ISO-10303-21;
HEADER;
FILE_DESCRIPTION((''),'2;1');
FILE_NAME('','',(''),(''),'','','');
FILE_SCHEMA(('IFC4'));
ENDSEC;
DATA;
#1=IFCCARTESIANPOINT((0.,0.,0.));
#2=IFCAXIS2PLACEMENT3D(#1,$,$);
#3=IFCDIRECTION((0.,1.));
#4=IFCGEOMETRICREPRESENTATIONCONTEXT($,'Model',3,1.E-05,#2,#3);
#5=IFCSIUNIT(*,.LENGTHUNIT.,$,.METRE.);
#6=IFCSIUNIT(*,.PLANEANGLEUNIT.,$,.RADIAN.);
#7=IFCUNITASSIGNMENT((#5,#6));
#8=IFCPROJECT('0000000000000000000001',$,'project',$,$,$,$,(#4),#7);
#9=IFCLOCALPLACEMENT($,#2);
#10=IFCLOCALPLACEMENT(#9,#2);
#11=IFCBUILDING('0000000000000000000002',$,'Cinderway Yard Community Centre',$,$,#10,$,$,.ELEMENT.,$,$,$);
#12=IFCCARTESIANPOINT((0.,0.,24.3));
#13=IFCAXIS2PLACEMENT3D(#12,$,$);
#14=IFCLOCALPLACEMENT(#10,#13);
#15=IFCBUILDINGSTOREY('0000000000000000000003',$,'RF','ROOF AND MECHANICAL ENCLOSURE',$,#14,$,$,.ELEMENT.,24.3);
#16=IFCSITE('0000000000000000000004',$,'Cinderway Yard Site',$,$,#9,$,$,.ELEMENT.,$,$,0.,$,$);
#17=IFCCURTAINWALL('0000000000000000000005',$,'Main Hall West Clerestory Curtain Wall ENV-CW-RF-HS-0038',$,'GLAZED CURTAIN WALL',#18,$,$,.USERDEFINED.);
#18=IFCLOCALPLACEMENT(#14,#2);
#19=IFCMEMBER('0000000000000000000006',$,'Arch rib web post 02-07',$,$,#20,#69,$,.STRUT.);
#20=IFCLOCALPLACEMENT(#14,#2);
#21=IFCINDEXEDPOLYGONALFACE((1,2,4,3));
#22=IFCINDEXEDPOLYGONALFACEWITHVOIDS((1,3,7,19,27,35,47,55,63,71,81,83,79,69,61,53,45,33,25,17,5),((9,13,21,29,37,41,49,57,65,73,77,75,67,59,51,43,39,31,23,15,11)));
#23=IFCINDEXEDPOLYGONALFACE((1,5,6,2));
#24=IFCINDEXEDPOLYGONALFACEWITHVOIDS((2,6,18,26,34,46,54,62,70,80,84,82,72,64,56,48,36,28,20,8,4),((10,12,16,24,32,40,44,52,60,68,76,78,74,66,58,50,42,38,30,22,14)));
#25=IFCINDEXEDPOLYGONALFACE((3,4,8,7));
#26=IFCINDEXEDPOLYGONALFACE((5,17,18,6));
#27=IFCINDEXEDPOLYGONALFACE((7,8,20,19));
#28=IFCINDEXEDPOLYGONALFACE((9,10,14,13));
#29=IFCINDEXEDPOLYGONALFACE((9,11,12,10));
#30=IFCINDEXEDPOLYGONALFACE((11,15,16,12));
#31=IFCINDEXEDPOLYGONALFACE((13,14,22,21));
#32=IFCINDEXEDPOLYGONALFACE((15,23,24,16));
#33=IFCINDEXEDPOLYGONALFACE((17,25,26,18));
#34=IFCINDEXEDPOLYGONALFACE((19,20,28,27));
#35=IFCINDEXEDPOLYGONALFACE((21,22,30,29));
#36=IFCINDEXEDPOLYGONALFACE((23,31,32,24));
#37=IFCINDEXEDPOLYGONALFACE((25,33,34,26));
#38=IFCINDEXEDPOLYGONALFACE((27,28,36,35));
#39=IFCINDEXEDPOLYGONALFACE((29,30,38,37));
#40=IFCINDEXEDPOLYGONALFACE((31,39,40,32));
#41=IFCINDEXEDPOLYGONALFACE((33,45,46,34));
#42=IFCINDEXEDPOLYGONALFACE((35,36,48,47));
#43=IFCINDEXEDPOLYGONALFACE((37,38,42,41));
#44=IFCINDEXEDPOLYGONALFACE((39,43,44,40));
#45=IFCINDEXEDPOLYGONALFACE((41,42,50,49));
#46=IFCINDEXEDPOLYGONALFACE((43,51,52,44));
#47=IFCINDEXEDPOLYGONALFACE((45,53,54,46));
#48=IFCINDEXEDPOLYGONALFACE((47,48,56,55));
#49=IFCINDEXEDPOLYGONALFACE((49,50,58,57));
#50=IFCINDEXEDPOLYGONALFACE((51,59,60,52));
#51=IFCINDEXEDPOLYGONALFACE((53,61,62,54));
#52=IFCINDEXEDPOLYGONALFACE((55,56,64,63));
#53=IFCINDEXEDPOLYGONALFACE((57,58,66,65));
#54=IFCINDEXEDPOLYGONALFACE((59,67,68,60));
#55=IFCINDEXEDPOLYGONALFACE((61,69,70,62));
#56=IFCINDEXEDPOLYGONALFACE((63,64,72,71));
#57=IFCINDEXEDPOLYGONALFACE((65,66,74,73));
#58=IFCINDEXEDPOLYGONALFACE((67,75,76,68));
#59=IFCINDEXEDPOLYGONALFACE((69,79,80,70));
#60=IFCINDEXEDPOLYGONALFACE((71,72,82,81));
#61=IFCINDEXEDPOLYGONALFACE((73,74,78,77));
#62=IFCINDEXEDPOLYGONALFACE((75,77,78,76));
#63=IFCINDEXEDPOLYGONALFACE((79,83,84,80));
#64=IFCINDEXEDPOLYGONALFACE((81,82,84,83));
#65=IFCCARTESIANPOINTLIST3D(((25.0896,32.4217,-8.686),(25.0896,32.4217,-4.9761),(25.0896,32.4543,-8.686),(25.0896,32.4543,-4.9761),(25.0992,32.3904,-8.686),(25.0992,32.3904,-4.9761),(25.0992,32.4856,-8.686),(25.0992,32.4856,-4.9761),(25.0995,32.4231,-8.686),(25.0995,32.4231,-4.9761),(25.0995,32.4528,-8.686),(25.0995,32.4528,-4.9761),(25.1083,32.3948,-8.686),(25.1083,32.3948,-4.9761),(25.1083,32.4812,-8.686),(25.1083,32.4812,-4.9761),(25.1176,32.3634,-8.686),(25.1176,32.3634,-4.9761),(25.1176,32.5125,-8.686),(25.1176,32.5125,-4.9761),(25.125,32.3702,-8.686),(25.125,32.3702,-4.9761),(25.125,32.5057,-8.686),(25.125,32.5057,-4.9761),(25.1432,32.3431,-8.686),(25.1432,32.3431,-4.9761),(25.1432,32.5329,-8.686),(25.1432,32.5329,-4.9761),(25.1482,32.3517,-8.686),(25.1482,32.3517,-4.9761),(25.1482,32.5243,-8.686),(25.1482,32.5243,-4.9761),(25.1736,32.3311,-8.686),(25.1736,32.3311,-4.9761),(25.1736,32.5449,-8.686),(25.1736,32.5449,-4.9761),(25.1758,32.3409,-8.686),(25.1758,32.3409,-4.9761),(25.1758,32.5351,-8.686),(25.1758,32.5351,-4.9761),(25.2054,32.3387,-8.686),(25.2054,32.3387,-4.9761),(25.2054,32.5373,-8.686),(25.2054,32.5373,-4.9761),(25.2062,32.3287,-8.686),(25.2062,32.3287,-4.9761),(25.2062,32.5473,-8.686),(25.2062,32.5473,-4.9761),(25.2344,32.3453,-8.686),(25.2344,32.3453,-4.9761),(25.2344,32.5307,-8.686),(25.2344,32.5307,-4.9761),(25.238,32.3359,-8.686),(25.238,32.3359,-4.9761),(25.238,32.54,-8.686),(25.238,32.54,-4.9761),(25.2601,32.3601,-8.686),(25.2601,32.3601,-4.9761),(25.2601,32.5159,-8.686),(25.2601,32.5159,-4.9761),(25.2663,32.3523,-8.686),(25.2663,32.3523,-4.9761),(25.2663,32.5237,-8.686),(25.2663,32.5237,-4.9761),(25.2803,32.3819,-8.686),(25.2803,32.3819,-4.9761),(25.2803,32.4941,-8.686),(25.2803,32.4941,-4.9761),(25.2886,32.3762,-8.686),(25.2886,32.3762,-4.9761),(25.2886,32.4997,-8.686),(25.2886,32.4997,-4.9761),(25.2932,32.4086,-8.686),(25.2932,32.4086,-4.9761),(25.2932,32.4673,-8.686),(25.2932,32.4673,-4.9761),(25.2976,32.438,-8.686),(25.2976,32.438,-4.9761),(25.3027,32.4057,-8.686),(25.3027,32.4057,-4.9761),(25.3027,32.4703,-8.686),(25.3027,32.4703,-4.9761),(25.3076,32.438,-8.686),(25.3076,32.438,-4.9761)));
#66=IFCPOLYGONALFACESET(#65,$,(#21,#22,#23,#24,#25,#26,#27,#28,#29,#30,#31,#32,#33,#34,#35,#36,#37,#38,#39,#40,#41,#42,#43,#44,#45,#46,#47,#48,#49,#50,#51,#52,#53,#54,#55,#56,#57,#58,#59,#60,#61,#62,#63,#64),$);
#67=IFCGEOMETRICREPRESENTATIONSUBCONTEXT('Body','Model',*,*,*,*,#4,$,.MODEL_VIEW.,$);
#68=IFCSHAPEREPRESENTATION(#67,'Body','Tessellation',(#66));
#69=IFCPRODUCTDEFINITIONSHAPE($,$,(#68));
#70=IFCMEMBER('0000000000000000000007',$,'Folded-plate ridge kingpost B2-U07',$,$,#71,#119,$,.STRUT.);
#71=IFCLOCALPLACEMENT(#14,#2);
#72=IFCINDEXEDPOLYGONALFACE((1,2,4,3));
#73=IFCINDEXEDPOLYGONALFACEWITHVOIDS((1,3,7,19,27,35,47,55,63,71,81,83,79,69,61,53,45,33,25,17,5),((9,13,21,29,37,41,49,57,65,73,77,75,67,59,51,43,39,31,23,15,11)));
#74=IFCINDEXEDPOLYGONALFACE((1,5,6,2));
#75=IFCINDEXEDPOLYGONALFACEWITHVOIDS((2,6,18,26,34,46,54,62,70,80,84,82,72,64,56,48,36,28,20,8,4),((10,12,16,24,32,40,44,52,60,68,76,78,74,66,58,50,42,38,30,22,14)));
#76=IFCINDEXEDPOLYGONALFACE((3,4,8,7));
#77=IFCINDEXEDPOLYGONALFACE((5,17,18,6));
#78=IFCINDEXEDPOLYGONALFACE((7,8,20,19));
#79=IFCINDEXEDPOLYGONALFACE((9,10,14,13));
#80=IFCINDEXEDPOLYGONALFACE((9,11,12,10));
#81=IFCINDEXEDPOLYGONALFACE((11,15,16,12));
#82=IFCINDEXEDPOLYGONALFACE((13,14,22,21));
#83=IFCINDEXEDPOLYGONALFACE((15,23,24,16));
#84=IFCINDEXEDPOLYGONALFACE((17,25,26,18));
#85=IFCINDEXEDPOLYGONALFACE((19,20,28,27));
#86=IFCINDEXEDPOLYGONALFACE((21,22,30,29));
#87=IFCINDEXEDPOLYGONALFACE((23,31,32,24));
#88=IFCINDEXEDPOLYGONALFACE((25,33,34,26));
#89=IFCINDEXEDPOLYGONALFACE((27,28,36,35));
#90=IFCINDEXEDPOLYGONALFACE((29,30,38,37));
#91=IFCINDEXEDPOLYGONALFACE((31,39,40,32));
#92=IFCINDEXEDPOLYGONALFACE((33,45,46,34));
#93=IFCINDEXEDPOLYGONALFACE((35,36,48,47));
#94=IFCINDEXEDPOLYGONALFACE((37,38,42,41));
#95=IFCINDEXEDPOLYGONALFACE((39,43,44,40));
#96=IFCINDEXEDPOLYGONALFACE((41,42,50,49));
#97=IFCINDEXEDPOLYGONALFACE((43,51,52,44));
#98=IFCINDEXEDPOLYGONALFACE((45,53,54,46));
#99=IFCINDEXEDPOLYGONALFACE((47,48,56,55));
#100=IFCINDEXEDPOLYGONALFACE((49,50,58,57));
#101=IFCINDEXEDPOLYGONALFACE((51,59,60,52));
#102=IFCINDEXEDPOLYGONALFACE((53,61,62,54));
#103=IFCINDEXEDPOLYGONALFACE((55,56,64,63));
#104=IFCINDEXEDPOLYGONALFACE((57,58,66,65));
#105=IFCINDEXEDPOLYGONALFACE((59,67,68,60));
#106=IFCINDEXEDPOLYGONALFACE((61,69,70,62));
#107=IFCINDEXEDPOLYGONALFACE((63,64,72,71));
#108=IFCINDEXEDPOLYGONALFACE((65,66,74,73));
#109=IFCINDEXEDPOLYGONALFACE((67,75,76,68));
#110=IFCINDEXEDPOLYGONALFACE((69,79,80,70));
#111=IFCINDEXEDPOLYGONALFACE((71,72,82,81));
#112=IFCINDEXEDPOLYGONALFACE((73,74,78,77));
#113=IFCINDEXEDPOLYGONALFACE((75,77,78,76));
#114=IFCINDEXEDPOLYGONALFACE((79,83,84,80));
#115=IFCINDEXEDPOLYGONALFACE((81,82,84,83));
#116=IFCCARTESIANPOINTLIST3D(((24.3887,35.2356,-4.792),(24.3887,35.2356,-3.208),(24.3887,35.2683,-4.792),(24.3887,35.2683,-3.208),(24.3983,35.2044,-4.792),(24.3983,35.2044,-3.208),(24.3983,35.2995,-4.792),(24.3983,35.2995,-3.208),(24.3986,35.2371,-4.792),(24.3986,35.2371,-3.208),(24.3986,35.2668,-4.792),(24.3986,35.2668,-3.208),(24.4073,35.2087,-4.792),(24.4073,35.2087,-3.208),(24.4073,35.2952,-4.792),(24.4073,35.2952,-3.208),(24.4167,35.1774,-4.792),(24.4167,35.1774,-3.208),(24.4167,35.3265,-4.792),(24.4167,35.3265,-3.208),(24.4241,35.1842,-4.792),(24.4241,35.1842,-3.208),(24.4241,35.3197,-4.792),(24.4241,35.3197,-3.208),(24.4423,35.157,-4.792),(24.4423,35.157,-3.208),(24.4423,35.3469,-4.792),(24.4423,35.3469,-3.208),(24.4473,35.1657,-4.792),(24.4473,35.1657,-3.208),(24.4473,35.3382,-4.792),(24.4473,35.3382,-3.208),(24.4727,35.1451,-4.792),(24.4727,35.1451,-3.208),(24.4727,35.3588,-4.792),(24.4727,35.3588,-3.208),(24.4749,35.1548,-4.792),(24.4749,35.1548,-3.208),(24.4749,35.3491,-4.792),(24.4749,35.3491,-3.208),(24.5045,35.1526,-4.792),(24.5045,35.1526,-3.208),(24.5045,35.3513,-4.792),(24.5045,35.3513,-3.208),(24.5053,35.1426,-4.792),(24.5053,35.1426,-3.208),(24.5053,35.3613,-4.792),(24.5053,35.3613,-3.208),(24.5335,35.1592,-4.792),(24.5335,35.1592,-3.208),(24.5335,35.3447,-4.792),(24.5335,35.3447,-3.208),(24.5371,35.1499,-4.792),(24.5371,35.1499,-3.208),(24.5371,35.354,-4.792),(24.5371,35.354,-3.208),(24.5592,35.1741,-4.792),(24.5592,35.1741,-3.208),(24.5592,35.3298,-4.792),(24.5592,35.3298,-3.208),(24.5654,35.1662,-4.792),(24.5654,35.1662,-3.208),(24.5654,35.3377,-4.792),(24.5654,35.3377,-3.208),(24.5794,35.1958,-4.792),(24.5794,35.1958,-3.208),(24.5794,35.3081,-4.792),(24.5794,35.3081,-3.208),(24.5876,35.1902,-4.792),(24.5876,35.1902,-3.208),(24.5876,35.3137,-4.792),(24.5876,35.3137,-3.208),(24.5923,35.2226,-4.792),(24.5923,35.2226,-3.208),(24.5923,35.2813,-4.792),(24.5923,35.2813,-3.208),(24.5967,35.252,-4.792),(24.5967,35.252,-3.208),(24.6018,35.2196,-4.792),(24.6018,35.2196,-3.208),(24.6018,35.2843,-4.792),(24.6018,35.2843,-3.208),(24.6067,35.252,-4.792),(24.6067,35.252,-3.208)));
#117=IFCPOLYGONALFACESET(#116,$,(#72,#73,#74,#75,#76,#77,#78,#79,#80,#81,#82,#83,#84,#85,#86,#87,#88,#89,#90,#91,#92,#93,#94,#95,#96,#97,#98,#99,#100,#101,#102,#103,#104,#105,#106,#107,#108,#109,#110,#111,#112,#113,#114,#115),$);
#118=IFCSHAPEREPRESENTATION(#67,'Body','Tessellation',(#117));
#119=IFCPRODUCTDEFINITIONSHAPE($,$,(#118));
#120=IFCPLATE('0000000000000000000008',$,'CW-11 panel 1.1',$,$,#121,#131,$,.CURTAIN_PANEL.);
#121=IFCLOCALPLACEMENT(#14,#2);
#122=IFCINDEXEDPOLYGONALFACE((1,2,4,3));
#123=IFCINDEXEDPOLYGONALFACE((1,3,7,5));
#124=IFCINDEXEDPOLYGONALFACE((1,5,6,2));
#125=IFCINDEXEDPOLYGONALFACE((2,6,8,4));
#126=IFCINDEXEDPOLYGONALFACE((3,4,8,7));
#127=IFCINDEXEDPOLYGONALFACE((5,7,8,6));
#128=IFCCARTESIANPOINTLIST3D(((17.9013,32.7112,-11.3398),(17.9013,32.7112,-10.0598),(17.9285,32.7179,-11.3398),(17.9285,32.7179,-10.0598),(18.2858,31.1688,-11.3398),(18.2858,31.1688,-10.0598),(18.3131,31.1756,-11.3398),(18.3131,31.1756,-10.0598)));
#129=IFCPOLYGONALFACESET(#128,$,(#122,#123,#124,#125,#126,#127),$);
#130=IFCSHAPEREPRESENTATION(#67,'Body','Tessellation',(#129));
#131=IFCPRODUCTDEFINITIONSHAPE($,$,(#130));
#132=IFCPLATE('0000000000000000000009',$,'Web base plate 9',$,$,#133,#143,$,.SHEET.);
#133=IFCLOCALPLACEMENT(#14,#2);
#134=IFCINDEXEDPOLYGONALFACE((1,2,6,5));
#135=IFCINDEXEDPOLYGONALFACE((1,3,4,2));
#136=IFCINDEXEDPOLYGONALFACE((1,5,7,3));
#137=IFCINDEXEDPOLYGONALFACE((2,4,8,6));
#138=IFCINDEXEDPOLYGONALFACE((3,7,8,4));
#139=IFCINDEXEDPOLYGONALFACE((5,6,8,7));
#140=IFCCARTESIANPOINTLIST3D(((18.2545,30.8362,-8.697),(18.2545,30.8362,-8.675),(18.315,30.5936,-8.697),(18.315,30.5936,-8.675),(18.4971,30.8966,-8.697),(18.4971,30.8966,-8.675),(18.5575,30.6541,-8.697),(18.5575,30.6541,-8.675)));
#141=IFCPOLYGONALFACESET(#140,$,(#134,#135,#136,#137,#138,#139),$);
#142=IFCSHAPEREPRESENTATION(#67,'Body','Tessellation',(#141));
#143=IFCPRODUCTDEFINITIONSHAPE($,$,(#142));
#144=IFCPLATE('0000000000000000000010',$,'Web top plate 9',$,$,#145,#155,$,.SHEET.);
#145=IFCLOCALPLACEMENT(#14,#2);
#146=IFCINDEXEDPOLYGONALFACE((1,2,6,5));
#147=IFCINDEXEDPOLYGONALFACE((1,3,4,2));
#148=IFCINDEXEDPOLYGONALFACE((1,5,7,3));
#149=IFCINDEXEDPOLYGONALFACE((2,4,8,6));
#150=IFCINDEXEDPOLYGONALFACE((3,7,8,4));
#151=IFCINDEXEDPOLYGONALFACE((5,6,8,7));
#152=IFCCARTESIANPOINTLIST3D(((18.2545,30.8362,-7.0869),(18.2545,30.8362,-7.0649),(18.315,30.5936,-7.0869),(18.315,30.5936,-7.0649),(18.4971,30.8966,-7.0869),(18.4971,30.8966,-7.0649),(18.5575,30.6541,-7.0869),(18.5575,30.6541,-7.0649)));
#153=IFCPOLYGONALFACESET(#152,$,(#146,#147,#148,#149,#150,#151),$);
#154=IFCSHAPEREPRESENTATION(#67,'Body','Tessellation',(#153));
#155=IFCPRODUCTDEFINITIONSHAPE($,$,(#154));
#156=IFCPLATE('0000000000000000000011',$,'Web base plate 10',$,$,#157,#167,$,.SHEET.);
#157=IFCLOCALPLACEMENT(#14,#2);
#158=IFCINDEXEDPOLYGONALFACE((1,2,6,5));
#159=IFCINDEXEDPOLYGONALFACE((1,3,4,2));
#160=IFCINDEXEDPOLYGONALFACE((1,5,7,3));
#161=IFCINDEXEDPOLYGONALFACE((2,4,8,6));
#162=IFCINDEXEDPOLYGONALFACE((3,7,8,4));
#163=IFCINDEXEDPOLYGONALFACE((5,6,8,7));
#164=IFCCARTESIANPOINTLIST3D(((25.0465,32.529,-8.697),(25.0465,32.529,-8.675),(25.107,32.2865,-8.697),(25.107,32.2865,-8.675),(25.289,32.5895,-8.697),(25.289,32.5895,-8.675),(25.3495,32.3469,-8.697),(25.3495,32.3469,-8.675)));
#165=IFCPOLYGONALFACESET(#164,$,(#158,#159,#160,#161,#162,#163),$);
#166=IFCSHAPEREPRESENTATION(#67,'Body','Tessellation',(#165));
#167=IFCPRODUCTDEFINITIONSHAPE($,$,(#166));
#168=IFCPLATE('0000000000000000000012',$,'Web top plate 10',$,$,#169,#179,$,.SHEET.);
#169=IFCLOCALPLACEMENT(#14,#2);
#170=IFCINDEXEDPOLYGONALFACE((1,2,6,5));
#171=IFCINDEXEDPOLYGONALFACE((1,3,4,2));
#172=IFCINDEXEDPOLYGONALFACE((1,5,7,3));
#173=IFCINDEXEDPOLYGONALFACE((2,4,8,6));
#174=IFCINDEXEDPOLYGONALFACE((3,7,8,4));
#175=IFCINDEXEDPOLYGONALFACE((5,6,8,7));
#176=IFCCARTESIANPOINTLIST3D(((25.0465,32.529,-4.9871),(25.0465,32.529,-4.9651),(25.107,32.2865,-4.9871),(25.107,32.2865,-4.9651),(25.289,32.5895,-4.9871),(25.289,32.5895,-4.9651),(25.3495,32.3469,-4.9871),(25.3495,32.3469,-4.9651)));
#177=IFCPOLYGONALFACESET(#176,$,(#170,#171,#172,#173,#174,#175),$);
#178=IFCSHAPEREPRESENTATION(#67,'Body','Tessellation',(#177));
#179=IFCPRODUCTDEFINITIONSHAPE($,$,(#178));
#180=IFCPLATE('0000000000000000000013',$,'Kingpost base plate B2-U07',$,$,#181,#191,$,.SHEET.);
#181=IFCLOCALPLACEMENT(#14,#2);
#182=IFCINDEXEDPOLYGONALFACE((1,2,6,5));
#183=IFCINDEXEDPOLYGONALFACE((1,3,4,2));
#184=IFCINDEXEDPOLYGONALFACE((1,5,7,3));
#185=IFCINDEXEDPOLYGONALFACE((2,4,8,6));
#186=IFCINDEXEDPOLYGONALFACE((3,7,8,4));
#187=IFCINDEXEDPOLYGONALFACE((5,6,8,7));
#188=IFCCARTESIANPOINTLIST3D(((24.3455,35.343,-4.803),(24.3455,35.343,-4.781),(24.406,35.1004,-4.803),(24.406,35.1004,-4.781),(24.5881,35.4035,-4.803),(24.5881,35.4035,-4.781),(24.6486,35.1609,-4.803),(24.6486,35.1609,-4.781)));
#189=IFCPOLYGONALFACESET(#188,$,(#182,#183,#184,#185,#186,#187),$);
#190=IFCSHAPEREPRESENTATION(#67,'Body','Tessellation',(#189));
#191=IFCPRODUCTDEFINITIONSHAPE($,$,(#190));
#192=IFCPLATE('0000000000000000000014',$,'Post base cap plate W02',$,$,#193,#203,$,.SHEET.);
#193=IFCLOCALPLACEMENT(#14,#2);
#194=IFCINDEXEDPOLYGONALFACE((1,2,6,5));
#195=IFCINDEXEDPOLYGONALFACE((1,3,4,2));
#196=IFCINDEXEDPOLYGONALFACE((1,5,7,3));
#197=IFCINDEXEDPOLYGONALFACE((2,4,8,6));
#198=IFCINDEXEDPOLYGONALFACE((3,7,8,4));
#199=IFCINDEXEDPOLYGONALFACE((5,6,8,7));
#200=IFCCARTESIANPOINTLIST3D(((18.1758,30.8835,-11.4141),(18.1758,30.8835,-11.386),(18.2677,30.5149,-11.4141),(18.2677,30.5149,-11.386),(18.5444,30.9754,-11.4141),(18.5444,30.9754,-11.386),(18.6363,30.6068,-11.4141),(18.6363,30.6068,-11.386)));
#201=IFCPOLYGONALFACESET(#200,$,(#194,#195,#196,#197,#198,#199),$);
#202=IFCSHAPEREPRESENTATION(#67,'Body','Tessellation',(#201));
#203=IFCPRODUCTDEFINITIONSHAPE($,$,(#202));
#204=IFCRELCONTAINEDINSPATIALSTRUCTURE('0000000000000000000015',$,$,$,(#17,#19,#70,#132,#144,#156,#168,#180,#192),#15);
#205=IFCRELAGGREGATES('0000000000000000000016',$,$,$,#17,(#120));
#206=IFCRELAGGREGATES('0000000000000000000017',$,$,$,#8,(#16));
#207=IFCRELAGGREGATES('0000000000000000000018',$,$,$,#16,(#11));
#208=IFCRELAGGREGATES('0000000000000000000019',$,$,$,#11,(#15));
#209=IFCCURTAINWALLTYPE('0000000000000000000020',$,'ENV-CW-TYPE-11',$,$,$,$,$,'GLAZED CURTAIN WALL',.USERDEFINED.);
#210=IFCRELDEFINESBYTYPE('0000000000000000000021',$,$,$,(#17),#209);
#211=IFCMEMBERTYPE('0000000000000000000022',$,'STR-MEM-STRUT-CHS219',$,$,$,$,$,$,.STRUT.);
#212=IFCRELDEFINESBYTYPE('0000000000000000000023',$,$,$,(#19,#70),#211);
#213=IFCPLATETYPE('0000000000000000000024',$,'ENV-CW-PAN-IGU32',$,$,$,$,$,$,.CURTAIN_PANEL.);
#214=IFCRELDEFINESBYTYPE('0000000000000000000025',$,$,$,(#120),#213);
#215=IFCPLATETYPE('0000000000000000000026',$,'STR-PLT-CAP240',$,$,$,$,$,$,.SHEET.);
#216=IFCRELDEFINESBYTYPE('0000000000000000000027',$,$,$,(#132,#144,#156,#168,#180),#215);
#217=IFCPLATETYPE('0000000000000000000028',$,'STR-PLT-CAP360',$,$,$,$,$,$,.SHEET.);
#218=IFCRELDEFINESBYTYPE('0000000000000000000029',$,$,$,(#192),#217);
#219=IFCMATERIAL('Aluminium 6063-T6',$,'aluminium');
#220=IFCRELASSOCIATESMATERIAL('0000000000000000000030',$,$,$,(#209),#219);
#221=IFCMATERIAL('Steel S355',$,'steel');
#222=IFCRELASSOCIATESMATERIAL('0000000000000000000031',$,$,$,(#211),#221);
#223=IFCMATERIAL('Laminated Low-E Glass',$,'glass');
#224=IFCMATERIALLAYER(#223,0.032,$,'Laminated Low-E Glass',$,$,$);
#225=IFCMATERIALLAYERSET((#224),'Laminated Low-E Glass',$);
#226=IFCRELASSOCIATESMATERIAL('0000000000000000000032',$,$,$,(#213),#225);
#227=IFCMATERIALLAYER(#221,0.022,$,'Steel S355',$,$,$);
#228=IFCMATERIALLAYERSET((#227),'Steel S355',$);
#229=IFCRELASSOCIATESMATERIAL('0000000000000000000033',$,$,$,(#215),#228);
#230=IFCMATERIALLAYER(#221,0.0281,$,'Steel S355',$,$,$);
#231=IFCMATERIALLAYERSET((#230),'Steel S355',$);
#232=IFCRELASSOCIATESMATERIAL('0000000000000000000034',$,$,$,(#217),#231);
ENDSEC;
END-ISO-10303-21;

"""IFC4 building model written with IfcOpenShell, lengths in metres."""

from ifc_helpers import new_model, si_unit, direction, frame, origin, origin_2d, place, context, subcontext, project, spatial, rectangle, hollow_circle, extrude, material, layer, layer_set, material_profile, profile_set, type_object, element, aggregate, save


model = new_model("IFC4")

# Units and contexts
model_context = context("Model", 3, precision=1e-05, world=origin(), true_north=direction((0.0, 1.0)))
body_context = subcontext(model_context, "Body", "Model", "MODEL_VIEW")
ifc_project = project(units=[si_unit("LENGTHUNIT", "METRE"), si_unit("PLANEANGLEUNIT", "RADIAN")], contexts=[model_context])

# Site, building, storey
site_placement = place(None, origin())
site = spatial("IfcSite", under=ifc_project, at=site_placement, Name="Cinderway Yard Site", CompositionType="ELEMENT", RefElevation=0.0)
building_placement = place(site_placement, origin())
building = spatial("IfcBuilding", under=site, at=building_placement, Name="Cinderway Yard Community Centre", CompositionType="ELEMENT")
storey_placement = place(building_placement, frame((0.0, 0.0, 24.3)))
storey = spatial("IfcBuildingStorey", under=building, at=storey_placement, Name="RF", Description="ROOF AND MECHANICAL ENCLOSURE", CompositionType="ELEMENT", Elevation=24.3)

# Shared definitions
ifc_material_1 = material(Name="Steel S355", Category="steel")

# Curtain wall
ifc_material_2 = material(Name="Aluminium 6063-T6", Category="aluminium")
curtain_wall_type = type_object("IfcCurtainWallType", Name="ENV-CW-TYPE-11", ElementType="GLAZED CURTAIN WALL", PredefinedType="USERDEFINED", material=ifc_material_2)
curtain_wall_placement = place(storey_placement, origin())
curtain_wall = element("IfcCurtainWall", 1, at=curtain_wall_placement, inside=storey, type_object=curtain_wall_type, Name="Main Hall West Clerestory Curtain Wall ENV-CW-RF-HS-0038", ObjectType="GLAZED CURTAIN WALL", PredefinedType="USERDEFINED")

# Members
ifc_material_profile_1 = material_profile(ifc_material_1, hollow_circle(Radius=0.1096, WallThickness=0.01, at=origin_2d()), Name="Steel S355")
ifc_profile_set_1 = profile_set([ifc_material_profile_1], Name="Steel S355")
member_type_1 = type_object("IfcMemberType", Name="STR-MEM-STRUT-CHS219", PredefinedType="STRUT", material=ifc_profile_set_1)
member_1_placement = place(storey_placement, frame((25.198, 32.438, -8.686), z_axis=(0.0, 0.0, 1.0), x_axis=(1.0, 0.0, 0.0)))
element("IfcMember", 2, at=member_1_placement, inside=storey, type_object=member_type_1, Name="Arch rib web post 02-07", PredefinedType="STRUT", context=body_context, shape_type="SweptSolid", body=[
    extrude(hollow_circle(Radius=0.1096, WallThickness=0.01, at=origin_2d()), origin(), (0.0, 0.0, 1.0), 3.71),
])
member_2_placement = place(storey_placement, frame((24.4971, 35.252, -4.792), z_axis=(0.0, 0.0, 1.0), x_axis=(1.0, 0.0, 0.0)))
element("IfcMember", 3, at=member_2_placement, inside=storey, type_object=member_type_1, Name="Folded-plate ridge kingpost B2-U07", PredefinedType="STRUT", context=body_context, shape_type="SweptSolid", body=[
    extrude(hollow_circle(Radius=0.1096, WallThickness=0.01, at=origin_2d()), origin(), (0.0, 0.0, 1.0), 1.584),
])

# Plate
ifc_material_3 = material(Name="Laminated Low-E Glass", Category="glass")
ifc_layer_1 = layer(ifc_material_3, 0.032, Name="Laminated Low-E Glass")
ifc_layer_set_1 = layer_set([ifc_layer_1], Name="Laminated Low-E Glass")
plate_type_1 = type_object("IfcPlateType", Name="ENV-CW-PAN-IGU32", PredefinedType="CURTAIN_PANEL", material=ifc_layer_set_1)
plate_placement = place(storey_placement, frame((18.1072, 31.9434, -11.3398), z_axis=(0.0, 0.0, 1.0), x_axis=(-0.241929, 0.970294, 0.0)))
plate = element("IfcPlate", 4, at=plate_placement, type_object=plate_type_1, Name="CW-11 panel 1.1", PredefinedType="CURTAIN_PANEL", context=body_context, shape_type="SweptSolid", body=[
    extrude(rectangle(XDim=1.5896, YDim=0.0281, at=origin_2d()), origin(), (0.0, 0.0, 1.0), 1.28),
])
aggregate(curtain_wall, [plate])

# Plates
ifc_layer_2 = layer(ifc_material_1, 0.022, Name="Steel S355")
ifc_layer_set_2 = layer_set([ifc_layer_2], Name="Steel S355")
plate_type_2 = type_object("IfcPlateType", Name="STR-PLT-CAP240", PredefinedType="SHEET", material=ifc_layer_set_2)
for number, where, z_axis, x_axis, name in (
    (5, (18.406, 30.7451, -8.697), (0.0, 0.0, 1.0), (0.970296, 0.241922, 0.0), "Web base plate 9"),
    (6, (18.406, 30.7451, -7.0869), (0.0, 0.0, 1.0), (0.970296, 0.241922, 0.0), "Web top plate 9"),
    (7, (25.198, 32.438, -8.697), (0.0, 0.0, 1.0), (0.970296, 0.241922, 0.0), "Web base plate 10"),
    (8, (25.198, 32.438, -4.9871), (0.0, 0.0, 1.0), (0.970296, 0.241922, 0.0), "Web top plate 10"),
    (9, (24.4971, 35.252, -4.803), (0.0, 0.0, 1.0), (0.970296, 0.241922, 0.0), "Kingpost base plate B2-U07"),
):
    element("IfcPlate", number, at=place(storey_placement, frame(where, z_axis=z_axis, x_axis=x_axis)), inside=storey, type_object=plate_type_2, Name=name, PredefinedType="SHEET", context=body_context, shape_type="SweptSolid", body=[
        extrude(rectangle(XDim=0.25, YDim=0.25, at=origin_2d()), origin(), (0.0, 0.0, 1.0), 0.022),
    ])
ifc_layer_3 = layer(ifc_material_1, 0.0281, Name="Steel S355")
ifc_layer_set_3 = layer_set([ifc_layer_3], Name="Steel S355")
plate_type_3 = type_object("IfcPlateType", Name="STR-PLT-CAP360", PredefinedType="SHEET", material=ifc_layer_set_3)
for number, where, z_axis, x_axis, name in (
    (10, (18.406, 30.7451, -11.4141), (0.0, 0.0, 1.0), (0.970296, 0.241922, 0.0), "Post base cap plate W02"),
):
    element("IfcPlate", number, at=place(storey_placement, frame(where, z_axis=z_axis, x_axis=x_axis)), inside=storey, type_object=plate_type_3, Name=name, PredefinedType="SHEET", context=body_context, shape_type="SweptSolid", body=[
        extrude(rectangle(XDim=0.3799, YDim=0.3799, at=origin_2d()), origin(), (0.0, 0.0, 1.0), 0.0281),
    ])

save(model, "model.ifc")
